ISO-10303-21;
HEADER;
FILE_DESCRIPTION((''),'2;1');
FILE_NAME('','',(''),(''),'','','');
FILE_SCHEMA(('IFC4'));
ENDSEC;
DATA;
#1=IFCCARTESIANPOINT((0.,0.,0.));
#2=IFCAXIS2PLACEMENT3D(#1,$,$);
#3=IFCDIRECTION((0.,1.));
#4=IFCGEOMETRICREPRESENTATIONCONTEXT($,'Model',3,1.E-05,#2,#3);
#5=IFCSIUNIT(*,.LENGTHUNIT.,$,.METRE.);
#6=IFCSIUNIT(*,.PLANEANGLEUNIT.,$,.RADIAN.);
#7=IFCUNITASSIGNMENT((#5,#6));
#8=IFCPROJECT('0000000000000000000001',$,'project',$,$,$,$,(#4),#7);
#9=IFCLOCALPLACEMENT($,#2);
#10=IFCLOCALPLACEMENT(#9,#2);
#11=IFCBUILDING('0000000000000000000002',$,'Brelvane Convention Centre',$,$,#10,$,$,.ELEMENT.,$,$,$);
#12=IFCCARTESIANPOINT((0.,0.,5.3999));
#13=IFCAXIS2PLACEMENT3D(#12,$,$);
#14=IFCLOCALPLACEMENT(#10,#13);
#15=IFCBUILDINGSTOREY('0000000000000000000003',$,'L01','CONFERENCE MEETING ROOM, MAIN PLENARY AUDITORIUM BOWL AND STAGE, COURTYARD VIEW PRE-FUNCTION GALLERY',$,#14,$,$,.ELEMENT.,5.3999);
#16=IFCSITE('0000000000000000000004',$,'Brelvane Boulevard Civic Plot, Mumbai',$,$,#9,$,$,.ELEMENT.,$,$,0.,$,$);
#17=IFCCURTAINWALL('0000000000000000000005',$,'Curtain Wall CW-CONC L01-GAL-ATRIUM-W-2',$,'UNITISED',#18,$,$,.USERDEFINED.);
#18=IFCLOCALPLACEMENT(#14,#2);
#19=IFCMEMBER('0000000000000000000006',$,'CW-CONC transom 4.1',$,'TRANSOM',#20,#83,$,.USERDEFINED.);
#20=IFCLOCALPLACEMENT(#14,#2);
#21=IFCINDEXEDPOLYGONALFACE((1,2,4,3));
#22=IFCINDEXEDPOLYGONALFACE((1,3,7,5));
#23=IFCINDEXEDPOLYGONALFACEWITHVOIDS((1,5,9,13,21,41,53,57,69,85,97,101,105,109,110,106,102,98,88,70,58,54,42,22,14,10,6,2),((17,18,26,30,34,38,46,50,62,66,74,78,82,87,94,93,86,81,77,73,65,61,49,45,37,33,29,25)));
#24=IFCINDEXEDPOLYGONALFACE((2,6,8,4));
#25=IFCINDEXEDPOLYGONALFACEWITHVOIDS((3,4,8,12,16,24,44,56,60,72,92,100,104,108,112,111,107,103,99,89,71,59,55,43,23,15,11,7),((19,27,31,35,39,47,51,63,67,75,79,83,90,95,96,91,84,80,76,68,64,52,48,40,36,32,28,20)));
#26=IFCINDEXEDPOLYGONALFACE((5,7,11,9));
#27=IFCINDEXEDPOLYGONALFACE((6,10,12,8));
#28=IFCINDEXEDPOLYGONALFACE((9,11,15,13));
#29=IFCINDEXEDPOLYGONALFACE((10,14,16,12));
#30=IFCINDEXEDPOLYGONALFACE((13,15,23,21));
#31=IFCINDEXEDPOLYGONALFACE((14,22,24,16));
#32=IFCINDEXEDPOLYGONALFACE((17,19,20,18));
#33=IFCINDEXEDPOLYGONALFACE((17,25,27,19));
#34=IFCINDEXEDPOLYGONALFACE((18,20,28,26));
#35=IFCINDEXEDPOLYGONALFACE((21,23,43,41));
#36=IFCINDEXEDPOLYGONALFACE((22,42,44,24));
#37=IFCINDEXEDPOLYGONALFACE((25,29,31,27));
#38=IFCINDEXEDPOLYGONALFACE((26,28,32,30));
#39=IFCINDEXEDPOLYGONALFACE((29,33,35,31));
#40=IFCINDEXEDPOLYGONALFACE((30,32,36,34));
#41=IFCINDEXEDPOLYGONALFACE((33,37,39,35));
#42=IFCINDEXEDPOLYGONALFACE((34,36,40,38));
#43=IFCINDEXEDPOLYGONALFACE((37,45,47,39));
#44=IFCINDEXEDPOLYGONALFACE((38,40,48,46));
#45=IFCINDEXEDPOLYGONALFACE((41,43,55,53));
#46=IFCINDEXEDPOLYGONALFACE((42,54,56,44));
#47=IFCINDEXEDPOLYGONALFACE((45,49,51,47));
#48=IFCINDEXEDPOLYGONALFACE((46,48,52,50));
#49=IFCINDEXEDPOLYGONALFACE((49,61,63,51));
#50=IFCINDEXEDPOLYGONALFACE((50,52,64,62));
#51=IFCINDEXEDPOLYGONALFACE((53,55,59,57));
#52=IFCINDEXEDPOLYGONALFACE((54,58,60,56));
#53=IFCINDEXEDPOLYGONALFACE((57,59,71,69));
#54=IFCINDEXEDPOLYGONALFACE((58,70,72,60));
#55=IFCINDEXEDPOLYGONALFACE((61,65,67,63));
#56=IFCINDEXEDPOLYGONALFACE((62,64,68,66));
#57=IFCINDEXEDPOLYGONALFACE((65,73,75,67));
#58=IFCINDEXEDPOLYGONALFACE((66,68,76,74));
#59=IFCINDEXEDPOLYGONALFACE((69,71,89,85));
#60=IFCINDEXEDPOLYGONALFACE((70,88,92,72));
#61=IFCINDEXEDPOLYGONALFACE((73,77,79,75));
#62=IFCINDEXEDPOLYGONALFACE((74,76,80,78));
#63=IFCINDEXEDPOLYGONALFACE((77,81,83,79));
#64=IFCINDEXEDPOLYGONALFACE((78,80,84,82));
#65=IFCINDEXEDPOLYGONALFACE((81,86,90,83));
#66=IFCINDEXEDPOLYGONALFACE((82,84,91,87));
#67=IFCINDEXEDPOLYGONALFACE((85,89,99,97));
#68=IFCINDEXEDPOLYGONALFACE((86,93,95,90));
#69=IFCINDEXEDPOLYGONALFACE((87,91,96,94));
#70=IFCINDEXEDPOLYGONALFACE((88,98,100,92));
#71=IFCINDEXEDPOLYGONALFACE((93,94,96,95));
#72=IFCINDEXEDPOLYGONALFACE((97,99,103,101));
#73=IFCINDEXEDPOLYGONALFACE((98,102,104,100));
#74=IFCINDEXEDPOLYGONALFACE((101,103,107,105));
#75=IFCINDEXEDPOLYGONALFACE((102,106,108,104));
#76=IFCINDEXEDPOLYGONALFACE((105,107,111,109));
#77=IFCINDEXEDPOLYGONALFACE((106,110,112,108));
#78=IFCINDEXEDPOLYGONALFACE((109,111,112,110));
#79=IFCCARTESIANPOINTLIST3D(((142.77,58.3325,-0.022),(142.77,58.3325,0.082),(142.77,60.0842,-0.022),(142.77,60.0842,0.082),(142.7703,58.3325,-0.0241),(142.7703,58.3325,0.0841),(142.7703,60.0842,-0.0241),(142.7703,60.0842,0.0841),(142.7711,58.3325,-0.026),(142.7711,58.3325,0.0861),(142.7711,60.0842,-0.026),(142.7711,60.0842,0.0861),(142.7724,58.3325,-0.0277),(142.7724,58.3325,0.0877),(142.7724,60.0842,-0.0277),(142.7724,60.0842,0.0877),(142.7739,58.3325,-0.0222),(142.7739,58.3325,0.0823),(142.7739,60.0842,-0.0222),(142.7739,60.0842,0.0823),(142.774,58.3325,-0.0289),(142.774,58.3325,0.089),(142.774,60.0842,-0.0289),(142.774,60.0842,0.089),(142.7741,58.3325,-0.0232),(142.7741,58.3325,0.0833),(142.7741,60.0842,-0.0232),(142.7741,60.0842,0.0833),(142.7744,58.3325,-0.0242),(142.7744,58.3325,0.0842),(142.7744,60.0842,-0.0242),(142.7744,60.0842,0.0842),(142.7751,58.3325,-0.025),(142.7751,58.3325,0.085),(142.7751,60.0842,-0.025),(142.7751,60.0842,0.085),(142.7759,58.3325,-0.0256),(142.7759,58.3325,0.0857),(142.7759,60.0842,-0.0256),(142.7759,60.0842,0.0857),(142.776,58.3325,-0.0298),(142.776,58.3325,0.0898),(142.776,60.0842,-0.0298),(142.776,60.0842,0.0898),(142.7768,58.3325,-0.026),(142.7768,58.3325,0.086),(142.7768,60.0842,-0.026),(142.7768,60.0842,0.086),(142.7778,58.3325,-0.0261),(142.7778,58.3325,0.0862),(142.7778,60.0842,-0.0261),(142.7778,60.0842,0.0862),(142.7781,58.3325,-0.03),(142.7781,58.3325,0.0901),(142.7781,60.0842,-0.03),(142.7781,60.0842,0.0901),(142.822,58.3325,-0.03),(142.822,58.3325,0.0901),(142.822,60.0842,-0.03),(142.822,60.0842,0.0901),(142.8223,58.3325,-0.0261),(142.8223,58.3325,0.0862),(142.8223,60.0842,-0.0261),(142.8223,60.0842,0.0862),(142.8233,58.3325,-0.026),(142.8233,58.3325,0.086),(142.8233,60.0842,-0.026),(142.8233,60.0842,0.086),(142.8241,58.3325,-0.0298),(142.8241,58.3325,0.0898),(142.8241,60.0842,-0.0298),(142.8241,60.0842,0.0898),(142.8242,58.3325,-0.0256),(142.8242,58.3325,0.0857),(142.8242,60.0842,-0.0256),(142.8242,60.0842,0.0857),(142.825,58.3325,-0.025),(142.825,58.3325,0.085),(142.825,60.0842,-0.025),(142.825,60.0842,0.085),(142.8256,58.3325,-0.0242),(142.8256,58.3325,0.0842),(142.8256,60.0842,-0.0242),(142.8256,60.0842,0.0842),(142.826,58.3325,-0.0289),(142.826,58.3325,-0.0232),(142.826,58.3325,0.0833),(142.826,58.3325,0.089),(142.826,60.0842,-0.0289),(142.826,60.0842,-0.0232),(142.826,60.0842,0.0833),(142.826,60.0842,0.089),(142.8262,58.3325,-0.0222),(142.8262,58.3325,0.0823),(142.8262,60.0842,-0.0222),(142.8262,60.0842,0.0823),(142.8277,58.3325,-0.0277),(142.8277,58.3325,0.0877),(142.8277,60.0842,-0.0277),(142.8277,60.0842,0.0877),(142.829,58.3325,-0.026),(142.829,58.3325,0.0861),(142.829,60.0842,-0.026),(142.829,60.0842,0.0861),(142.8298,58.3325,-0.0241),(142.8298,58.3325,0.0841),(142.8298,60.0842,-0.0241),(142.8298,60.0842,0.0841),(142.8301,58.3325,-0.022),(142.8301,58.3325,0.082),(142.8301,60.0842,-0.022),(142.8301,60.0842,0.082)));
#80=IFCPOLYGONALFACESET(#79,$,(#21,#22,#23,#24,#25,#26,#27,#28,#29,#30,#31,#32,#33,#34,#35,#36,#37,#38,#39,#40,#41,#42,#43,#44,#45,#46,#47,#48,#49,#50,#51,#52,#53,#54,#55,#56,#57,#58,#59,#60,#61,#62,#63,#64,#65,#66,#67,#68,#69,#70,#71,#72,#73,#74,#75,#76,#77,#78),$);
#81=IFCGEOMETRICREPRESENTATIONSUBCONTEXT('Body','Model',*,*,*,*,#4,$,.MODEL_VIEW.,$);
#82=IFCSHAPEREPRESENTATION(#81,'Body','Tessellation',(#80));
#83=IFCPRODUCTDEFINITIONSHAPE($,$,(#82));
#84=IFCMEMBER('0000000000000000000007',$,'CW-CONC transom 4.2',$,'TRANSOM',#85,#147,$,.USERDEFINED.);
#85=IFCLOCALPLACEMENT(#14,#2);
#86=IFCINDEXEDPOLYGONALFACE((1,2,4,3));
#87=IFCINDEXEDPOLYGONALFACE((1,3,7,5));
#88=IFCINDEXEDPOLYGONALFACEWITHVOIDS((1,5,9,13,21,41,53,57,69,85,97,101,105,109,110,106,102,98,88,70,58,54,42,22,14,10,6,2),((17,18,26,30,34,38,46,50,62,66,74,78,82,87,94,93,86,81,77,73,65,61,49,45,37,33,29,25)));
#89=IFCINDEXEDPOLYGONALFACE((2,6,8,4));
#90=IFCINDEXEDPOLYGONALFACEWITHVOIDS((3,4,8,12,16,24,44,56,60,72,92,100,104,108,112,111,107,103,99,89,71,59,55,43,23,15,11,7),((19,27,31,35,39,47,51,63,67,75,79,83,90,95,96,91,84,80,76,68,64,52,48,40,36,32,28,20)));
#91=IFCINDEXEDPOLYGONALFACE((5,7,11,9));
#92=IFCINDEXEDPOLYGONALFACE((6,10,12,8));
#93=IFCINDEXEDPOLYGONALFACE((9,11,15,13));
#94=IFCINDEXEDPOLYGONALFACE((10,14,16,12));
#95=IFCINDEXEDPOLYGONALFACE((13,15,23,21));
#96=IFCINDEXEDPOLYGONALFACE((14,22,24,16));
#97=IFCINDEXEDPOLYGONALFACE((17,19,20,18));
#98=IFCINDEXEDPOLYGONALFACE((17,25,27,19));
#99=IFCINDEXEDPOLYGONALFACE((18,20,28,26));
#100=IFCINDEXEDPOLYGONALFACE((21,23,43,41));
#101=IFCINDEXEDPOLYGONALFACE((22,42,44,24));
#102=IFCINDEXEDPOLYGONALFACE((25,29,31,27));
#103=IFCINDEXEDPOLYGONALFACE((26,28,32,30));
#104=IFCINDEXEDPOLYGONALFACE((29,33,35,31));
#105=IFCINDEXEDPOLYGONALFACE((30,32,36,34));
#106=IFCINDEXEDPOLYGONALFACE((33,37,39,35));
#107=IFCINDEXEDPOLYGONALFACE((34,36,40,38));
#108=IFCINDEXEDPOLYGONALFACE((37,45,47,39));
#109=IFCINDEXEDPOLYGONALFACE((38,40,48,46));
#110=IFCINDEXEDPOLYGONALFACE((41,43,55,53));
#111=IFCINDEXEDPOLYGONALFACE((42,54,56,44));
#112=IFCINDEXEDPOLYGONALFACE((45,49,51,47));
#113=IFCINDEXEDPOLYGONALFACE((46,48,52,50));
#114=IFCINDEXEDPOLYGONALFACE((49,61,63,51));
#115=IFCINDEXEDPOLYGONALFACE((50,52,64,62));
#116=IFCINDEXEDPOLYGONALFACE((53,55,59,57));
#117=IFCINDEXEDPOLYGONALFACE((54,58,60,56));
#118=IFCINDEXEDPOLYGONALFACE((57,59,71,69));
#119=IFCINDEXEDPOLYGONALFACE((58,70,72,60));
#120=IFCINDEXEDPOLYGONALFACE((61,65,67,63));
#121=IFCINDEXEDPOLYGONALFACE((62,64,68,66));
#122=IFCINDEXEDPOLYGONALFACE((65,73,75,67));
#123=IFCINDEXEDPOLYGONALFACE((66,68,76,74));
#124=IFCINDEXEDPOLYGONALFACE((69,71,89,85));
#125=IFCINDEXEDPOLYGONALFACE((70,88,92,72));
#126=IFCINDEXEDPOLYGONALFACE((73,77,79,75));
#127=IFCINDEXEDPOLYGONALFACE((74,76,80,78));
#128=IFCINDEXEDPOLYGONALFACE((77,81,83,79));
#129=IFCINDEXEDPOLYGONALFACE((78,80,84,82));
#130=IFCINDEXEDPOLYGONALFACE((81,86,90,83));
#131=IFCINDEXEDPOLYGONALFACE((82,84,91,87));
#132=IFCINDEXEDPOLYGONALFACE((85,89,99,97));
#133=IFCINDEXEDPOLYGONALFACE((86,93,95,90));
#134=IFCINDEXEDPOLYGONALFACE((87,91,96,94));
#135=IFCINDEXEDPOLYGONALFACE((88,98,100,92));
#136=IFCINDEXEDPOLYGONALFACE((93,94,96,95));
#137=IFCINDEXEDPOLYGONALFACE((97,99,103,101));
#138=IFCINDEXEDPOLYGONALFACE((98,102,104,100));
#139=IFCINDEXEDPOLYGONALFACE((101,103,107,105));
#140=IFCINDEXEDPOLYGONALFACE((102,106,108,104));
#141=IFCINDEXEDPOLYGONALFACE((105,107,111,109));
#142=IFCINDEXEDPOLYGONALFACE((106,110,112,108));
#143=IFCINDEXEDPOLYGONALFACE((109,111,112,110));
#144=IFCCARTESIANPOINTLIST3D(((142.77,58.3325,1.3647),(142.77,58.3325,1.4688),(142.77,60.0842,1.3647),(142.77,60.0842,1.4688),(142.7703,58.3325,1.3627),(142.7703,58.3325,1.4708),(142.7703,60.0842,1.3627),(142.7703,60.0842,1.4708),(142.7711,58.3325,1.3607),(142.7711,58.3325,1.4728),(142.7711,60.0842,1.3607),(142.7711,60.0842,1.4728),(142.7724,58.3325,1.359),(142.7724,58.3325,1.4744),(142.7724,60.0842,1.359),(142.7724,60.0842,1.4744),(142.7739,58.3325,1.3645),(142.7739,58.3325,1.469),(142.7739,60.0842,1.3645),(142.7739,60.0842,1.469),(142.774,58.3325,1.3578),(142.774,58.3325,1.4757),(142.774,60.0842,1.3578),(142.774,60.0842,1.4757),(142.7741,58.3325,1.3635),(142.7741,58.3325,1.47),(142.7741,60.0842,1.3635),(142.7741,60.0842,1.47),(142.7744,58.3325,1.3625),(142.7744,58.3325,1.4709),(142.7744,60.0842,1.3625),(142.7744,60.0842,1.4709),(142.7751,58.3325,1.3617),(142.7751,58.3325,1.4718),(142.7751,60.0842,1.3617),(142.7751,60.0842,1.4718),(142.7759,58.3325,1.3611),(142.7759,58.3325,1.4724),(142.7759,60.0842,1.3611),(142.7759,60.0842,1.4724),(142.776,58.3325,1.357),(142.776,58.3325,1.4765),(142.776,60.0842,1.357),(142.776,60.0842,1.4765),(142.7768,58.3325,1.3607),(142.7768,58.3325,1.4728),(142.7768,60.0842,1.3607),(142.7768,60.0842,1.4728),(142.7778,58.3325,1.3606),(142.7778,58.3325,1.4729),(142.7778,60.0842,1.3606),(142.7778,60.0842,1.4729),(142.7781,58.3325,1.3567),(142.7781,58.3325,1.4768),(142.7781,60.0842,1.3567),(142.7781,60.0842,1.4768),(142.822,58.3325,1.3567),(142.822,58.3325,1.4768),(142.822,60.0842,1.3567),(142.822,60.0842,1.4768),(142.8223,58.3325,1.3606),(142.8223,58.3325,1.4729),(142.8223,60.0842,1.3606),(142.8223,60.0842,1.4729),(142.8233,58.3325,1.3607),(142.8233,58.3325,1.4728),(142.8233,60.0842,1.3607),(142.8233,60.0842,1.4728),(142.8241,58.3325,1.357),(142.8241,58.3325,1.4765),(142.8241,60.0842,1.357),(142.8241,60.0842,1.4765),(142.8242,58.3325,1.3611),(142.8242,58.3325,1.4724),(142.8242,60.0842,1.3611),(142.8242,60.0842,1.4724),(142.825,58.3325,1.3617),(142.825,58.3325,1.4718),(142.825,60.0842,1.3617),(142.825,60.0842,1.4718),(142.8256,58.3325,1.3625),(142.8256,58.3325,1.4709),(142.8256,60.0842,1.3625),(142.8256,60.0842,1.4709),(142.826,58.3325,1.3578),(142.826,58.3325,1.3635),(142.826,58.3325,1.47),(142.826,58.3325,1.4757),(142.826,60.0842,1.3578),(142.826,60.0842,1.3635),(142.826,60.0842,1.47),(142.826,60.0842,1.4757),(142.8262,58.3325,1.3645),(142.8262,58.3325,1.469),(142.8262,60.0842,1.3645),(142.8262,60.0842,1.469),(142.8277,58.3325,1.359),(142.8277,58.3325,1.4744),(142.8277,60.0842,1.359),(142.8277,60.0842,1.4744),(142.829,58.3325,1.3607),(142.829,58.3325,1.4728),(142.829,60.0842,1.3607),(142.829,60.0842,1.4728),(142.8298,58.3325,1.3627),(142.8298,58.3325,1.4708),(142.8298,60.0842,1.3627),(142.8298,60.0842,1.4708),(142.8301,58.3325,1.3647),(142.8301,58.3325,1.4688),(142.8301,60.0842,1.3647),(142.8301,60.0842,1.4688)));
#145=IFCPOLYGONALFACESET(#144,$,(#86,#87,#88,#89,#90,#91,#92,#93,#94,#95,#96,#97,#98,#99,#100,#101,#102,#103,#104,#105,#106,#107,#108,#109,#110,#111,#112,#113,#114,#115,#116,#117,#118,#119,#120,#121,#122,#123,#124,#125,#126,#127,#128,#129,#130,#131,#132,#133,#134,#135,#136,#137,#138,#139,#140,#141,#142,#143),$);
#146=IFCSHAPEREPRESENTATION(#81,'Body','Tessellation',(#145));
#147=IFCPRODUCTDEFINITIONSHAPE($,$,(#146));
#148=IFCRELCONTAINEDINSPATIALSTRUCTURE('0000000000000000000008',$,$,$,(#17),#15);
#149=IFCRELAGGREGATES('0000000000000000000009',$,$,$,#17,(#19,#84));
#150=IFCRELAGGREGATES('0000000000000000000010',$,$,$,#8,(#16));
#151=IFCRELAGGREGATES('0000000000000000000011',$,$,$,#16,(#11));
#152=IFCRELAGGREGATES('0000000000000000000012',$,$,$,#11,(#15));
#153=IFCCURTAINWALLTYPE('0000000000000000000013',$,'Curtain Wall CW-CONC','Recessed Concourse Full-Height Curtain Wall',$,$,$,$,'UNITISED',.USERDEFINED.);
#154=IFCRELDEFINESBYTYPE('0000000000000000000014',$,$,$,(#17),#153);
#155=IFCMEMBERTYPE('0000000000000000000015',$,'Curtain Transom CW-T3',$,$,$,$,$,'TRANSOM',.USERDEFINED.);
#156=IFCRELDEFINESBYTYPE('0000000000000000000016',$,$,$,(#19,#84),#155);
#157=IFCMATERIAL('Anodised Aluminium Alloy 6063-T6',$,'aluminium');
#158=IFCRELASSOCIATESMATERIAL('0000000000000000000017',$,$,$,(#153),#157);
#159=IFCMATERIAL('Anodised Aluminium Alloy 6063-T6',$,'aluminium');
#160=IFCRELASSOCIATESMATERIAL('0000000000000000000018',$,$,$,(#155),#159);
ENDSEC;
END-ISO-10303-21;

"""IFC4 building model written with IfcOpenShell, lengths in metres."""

from ifc_helpers import new_model, si_unit, direction, frame, origin, origin_2d, place, context, subcontext, project, spatial, hollow_rectangle, extrude, material, material_profile, profile_set, type_object, element, aggregate, save


model = new_model("IFC4")

# Units and contexts
model_context = context("Model", 3, precision=1e-05, world=origin(), true_north=direction((0.0, 1.0)))
body_context = subcontext(model_context, "Body", "Model", "MODEL_VIEW")
ifc_project = project(units=[si_unit("LENGTHUNIT", "METRE"), si_unit("PLANEANGLEUNIT", "RADIAN")], contexts=[model_context])

# Site, building, storey
site_placement = place(None, origin())
site = spatial("IfcSite", under=ifc_project, at=site_placement, Name="Brelvane Boulevard Civic Plot, Mumbai", CompositionType="ELEMENT", RefElevation=0.0)
building_placement = place(site_placement, origin())
building = spatial("IfcBuilding", under=site, at=building_placement, Name="Brelvane Convention Centre", CompositionType="ELEMENT")
storey_placement = place(building_placement, frame((0.0, 0.0, 5.3999)))
storey = spatial("IfcBuildingStorey", under=building, at=storey_placement, Name="L01", Description="CONFERENCE MEETING ROOM, MAIN PLENARY AUDITORIUM BOWL AND STAGE, COURTYARD VIEW PRE-FUNCTION GALLERY", CompositionType="ELEMENT", Elevation=5.3999)

# Curtain wall, members
ifc_material_1 = material(Name="Anodised Aluminium Alloy 6063-T6", Category="aluminium")
curtain_wall_type = type_object("IfcCurtainWallType", Name="Curtain Wall CW-CONC", Description="Recessed Concourse Full-Height Curtain Wall", ElementType="UNITISED", PredefinedType="USERDEFINED", material=ifc_material_1)
curtain_wall_placement = place(storey_placement, origin())
curtain_wall = element("IfcCurtainWall", 1, at=curtain_wall_placement, inside=storey, type_object=curtain_wall_type, Name="Curtain Wall CW-CONC L01-GAL-ATRIUM-W-2", ObjectType="UNITISED", PredefinedType="USERDEFINED")
ifc_material_2 = material(Name="Anodised Aluminium Alloy 6063-T6", Category="aluminium")
ifc_material_profile_1 = material_profile(ifc_material_2, hollow_rectangle(XDim=0.0601, YDim=0.1201, WallThickness=0.0039, InnerFilletRadius=0.0039, OuterFilletRadius=0.0081, at=origin_2d()), Name="ALU-T 120x60x4.0")
ifc_profile_set_1 = profile_set([ifc_material_profile_1], Name="Anodised Aluminium Alloy 6063-T6")
member_type_1 = type_object("IfcMemberType", Name="Curtain Transom CW-T3", ElementType="TRANSOM", PredefinedType="USERDEFINED", material=ifc_profile_set_1)
member_1_placement = place(storey_placement, frame((142.8, 58.3325, 0.03), z_axis=(0.0, 1.0, 0.0), x_axis=(-1.0, 0.0, 0.0)))
member_1 = element("IfcMember", 2, at=member_1_placement, type_object=member_type_1, Name="CW-CONC transom 4.1", ObjectType="TRANSOM", PredefinedType="USERDEFINED", context=body_context, shape_type="SweptSolid", body=[
    extrude(hollow_rectangle(XDim=0.0601, YDim=0.1201, WallThickness=0.0039, InnerFilletRadius=0.0039, OuterFilletRadius=0.0081, at=origin_2d()), origin(), (0.0, 0.0, 1.0), 1.7517),
])
member_2_placement = place(storey_placement, frame((142.8, 58.3325, 1.4167), z_axis=(0.0, 1.0, 0.0), x_axis=(-1.0, 0.0, 0.0)))
member_2 = element("IfcMember", 3, at=member_2_placement, type_object=member_type_1, Name="CW-CONC transom 4.2", ObjectType="TRANSOM", PredefinedType="USERDEFINED", context=body_context, shape_type="SweptSolid", body=[
    extrude(hollow_rectangle(XDim=0.0601, YDim=0.1201, WallThickness=0.0039, InnerFilletRadius=0.0039, OuterFilletRadius=0.0081, at=origin_2d()), origin(), (0.0, 0.0, 1.0), 1.7517),
])

aggregate(curtain_wall, [member_1, member_2])

save(model, "model.ifc")
